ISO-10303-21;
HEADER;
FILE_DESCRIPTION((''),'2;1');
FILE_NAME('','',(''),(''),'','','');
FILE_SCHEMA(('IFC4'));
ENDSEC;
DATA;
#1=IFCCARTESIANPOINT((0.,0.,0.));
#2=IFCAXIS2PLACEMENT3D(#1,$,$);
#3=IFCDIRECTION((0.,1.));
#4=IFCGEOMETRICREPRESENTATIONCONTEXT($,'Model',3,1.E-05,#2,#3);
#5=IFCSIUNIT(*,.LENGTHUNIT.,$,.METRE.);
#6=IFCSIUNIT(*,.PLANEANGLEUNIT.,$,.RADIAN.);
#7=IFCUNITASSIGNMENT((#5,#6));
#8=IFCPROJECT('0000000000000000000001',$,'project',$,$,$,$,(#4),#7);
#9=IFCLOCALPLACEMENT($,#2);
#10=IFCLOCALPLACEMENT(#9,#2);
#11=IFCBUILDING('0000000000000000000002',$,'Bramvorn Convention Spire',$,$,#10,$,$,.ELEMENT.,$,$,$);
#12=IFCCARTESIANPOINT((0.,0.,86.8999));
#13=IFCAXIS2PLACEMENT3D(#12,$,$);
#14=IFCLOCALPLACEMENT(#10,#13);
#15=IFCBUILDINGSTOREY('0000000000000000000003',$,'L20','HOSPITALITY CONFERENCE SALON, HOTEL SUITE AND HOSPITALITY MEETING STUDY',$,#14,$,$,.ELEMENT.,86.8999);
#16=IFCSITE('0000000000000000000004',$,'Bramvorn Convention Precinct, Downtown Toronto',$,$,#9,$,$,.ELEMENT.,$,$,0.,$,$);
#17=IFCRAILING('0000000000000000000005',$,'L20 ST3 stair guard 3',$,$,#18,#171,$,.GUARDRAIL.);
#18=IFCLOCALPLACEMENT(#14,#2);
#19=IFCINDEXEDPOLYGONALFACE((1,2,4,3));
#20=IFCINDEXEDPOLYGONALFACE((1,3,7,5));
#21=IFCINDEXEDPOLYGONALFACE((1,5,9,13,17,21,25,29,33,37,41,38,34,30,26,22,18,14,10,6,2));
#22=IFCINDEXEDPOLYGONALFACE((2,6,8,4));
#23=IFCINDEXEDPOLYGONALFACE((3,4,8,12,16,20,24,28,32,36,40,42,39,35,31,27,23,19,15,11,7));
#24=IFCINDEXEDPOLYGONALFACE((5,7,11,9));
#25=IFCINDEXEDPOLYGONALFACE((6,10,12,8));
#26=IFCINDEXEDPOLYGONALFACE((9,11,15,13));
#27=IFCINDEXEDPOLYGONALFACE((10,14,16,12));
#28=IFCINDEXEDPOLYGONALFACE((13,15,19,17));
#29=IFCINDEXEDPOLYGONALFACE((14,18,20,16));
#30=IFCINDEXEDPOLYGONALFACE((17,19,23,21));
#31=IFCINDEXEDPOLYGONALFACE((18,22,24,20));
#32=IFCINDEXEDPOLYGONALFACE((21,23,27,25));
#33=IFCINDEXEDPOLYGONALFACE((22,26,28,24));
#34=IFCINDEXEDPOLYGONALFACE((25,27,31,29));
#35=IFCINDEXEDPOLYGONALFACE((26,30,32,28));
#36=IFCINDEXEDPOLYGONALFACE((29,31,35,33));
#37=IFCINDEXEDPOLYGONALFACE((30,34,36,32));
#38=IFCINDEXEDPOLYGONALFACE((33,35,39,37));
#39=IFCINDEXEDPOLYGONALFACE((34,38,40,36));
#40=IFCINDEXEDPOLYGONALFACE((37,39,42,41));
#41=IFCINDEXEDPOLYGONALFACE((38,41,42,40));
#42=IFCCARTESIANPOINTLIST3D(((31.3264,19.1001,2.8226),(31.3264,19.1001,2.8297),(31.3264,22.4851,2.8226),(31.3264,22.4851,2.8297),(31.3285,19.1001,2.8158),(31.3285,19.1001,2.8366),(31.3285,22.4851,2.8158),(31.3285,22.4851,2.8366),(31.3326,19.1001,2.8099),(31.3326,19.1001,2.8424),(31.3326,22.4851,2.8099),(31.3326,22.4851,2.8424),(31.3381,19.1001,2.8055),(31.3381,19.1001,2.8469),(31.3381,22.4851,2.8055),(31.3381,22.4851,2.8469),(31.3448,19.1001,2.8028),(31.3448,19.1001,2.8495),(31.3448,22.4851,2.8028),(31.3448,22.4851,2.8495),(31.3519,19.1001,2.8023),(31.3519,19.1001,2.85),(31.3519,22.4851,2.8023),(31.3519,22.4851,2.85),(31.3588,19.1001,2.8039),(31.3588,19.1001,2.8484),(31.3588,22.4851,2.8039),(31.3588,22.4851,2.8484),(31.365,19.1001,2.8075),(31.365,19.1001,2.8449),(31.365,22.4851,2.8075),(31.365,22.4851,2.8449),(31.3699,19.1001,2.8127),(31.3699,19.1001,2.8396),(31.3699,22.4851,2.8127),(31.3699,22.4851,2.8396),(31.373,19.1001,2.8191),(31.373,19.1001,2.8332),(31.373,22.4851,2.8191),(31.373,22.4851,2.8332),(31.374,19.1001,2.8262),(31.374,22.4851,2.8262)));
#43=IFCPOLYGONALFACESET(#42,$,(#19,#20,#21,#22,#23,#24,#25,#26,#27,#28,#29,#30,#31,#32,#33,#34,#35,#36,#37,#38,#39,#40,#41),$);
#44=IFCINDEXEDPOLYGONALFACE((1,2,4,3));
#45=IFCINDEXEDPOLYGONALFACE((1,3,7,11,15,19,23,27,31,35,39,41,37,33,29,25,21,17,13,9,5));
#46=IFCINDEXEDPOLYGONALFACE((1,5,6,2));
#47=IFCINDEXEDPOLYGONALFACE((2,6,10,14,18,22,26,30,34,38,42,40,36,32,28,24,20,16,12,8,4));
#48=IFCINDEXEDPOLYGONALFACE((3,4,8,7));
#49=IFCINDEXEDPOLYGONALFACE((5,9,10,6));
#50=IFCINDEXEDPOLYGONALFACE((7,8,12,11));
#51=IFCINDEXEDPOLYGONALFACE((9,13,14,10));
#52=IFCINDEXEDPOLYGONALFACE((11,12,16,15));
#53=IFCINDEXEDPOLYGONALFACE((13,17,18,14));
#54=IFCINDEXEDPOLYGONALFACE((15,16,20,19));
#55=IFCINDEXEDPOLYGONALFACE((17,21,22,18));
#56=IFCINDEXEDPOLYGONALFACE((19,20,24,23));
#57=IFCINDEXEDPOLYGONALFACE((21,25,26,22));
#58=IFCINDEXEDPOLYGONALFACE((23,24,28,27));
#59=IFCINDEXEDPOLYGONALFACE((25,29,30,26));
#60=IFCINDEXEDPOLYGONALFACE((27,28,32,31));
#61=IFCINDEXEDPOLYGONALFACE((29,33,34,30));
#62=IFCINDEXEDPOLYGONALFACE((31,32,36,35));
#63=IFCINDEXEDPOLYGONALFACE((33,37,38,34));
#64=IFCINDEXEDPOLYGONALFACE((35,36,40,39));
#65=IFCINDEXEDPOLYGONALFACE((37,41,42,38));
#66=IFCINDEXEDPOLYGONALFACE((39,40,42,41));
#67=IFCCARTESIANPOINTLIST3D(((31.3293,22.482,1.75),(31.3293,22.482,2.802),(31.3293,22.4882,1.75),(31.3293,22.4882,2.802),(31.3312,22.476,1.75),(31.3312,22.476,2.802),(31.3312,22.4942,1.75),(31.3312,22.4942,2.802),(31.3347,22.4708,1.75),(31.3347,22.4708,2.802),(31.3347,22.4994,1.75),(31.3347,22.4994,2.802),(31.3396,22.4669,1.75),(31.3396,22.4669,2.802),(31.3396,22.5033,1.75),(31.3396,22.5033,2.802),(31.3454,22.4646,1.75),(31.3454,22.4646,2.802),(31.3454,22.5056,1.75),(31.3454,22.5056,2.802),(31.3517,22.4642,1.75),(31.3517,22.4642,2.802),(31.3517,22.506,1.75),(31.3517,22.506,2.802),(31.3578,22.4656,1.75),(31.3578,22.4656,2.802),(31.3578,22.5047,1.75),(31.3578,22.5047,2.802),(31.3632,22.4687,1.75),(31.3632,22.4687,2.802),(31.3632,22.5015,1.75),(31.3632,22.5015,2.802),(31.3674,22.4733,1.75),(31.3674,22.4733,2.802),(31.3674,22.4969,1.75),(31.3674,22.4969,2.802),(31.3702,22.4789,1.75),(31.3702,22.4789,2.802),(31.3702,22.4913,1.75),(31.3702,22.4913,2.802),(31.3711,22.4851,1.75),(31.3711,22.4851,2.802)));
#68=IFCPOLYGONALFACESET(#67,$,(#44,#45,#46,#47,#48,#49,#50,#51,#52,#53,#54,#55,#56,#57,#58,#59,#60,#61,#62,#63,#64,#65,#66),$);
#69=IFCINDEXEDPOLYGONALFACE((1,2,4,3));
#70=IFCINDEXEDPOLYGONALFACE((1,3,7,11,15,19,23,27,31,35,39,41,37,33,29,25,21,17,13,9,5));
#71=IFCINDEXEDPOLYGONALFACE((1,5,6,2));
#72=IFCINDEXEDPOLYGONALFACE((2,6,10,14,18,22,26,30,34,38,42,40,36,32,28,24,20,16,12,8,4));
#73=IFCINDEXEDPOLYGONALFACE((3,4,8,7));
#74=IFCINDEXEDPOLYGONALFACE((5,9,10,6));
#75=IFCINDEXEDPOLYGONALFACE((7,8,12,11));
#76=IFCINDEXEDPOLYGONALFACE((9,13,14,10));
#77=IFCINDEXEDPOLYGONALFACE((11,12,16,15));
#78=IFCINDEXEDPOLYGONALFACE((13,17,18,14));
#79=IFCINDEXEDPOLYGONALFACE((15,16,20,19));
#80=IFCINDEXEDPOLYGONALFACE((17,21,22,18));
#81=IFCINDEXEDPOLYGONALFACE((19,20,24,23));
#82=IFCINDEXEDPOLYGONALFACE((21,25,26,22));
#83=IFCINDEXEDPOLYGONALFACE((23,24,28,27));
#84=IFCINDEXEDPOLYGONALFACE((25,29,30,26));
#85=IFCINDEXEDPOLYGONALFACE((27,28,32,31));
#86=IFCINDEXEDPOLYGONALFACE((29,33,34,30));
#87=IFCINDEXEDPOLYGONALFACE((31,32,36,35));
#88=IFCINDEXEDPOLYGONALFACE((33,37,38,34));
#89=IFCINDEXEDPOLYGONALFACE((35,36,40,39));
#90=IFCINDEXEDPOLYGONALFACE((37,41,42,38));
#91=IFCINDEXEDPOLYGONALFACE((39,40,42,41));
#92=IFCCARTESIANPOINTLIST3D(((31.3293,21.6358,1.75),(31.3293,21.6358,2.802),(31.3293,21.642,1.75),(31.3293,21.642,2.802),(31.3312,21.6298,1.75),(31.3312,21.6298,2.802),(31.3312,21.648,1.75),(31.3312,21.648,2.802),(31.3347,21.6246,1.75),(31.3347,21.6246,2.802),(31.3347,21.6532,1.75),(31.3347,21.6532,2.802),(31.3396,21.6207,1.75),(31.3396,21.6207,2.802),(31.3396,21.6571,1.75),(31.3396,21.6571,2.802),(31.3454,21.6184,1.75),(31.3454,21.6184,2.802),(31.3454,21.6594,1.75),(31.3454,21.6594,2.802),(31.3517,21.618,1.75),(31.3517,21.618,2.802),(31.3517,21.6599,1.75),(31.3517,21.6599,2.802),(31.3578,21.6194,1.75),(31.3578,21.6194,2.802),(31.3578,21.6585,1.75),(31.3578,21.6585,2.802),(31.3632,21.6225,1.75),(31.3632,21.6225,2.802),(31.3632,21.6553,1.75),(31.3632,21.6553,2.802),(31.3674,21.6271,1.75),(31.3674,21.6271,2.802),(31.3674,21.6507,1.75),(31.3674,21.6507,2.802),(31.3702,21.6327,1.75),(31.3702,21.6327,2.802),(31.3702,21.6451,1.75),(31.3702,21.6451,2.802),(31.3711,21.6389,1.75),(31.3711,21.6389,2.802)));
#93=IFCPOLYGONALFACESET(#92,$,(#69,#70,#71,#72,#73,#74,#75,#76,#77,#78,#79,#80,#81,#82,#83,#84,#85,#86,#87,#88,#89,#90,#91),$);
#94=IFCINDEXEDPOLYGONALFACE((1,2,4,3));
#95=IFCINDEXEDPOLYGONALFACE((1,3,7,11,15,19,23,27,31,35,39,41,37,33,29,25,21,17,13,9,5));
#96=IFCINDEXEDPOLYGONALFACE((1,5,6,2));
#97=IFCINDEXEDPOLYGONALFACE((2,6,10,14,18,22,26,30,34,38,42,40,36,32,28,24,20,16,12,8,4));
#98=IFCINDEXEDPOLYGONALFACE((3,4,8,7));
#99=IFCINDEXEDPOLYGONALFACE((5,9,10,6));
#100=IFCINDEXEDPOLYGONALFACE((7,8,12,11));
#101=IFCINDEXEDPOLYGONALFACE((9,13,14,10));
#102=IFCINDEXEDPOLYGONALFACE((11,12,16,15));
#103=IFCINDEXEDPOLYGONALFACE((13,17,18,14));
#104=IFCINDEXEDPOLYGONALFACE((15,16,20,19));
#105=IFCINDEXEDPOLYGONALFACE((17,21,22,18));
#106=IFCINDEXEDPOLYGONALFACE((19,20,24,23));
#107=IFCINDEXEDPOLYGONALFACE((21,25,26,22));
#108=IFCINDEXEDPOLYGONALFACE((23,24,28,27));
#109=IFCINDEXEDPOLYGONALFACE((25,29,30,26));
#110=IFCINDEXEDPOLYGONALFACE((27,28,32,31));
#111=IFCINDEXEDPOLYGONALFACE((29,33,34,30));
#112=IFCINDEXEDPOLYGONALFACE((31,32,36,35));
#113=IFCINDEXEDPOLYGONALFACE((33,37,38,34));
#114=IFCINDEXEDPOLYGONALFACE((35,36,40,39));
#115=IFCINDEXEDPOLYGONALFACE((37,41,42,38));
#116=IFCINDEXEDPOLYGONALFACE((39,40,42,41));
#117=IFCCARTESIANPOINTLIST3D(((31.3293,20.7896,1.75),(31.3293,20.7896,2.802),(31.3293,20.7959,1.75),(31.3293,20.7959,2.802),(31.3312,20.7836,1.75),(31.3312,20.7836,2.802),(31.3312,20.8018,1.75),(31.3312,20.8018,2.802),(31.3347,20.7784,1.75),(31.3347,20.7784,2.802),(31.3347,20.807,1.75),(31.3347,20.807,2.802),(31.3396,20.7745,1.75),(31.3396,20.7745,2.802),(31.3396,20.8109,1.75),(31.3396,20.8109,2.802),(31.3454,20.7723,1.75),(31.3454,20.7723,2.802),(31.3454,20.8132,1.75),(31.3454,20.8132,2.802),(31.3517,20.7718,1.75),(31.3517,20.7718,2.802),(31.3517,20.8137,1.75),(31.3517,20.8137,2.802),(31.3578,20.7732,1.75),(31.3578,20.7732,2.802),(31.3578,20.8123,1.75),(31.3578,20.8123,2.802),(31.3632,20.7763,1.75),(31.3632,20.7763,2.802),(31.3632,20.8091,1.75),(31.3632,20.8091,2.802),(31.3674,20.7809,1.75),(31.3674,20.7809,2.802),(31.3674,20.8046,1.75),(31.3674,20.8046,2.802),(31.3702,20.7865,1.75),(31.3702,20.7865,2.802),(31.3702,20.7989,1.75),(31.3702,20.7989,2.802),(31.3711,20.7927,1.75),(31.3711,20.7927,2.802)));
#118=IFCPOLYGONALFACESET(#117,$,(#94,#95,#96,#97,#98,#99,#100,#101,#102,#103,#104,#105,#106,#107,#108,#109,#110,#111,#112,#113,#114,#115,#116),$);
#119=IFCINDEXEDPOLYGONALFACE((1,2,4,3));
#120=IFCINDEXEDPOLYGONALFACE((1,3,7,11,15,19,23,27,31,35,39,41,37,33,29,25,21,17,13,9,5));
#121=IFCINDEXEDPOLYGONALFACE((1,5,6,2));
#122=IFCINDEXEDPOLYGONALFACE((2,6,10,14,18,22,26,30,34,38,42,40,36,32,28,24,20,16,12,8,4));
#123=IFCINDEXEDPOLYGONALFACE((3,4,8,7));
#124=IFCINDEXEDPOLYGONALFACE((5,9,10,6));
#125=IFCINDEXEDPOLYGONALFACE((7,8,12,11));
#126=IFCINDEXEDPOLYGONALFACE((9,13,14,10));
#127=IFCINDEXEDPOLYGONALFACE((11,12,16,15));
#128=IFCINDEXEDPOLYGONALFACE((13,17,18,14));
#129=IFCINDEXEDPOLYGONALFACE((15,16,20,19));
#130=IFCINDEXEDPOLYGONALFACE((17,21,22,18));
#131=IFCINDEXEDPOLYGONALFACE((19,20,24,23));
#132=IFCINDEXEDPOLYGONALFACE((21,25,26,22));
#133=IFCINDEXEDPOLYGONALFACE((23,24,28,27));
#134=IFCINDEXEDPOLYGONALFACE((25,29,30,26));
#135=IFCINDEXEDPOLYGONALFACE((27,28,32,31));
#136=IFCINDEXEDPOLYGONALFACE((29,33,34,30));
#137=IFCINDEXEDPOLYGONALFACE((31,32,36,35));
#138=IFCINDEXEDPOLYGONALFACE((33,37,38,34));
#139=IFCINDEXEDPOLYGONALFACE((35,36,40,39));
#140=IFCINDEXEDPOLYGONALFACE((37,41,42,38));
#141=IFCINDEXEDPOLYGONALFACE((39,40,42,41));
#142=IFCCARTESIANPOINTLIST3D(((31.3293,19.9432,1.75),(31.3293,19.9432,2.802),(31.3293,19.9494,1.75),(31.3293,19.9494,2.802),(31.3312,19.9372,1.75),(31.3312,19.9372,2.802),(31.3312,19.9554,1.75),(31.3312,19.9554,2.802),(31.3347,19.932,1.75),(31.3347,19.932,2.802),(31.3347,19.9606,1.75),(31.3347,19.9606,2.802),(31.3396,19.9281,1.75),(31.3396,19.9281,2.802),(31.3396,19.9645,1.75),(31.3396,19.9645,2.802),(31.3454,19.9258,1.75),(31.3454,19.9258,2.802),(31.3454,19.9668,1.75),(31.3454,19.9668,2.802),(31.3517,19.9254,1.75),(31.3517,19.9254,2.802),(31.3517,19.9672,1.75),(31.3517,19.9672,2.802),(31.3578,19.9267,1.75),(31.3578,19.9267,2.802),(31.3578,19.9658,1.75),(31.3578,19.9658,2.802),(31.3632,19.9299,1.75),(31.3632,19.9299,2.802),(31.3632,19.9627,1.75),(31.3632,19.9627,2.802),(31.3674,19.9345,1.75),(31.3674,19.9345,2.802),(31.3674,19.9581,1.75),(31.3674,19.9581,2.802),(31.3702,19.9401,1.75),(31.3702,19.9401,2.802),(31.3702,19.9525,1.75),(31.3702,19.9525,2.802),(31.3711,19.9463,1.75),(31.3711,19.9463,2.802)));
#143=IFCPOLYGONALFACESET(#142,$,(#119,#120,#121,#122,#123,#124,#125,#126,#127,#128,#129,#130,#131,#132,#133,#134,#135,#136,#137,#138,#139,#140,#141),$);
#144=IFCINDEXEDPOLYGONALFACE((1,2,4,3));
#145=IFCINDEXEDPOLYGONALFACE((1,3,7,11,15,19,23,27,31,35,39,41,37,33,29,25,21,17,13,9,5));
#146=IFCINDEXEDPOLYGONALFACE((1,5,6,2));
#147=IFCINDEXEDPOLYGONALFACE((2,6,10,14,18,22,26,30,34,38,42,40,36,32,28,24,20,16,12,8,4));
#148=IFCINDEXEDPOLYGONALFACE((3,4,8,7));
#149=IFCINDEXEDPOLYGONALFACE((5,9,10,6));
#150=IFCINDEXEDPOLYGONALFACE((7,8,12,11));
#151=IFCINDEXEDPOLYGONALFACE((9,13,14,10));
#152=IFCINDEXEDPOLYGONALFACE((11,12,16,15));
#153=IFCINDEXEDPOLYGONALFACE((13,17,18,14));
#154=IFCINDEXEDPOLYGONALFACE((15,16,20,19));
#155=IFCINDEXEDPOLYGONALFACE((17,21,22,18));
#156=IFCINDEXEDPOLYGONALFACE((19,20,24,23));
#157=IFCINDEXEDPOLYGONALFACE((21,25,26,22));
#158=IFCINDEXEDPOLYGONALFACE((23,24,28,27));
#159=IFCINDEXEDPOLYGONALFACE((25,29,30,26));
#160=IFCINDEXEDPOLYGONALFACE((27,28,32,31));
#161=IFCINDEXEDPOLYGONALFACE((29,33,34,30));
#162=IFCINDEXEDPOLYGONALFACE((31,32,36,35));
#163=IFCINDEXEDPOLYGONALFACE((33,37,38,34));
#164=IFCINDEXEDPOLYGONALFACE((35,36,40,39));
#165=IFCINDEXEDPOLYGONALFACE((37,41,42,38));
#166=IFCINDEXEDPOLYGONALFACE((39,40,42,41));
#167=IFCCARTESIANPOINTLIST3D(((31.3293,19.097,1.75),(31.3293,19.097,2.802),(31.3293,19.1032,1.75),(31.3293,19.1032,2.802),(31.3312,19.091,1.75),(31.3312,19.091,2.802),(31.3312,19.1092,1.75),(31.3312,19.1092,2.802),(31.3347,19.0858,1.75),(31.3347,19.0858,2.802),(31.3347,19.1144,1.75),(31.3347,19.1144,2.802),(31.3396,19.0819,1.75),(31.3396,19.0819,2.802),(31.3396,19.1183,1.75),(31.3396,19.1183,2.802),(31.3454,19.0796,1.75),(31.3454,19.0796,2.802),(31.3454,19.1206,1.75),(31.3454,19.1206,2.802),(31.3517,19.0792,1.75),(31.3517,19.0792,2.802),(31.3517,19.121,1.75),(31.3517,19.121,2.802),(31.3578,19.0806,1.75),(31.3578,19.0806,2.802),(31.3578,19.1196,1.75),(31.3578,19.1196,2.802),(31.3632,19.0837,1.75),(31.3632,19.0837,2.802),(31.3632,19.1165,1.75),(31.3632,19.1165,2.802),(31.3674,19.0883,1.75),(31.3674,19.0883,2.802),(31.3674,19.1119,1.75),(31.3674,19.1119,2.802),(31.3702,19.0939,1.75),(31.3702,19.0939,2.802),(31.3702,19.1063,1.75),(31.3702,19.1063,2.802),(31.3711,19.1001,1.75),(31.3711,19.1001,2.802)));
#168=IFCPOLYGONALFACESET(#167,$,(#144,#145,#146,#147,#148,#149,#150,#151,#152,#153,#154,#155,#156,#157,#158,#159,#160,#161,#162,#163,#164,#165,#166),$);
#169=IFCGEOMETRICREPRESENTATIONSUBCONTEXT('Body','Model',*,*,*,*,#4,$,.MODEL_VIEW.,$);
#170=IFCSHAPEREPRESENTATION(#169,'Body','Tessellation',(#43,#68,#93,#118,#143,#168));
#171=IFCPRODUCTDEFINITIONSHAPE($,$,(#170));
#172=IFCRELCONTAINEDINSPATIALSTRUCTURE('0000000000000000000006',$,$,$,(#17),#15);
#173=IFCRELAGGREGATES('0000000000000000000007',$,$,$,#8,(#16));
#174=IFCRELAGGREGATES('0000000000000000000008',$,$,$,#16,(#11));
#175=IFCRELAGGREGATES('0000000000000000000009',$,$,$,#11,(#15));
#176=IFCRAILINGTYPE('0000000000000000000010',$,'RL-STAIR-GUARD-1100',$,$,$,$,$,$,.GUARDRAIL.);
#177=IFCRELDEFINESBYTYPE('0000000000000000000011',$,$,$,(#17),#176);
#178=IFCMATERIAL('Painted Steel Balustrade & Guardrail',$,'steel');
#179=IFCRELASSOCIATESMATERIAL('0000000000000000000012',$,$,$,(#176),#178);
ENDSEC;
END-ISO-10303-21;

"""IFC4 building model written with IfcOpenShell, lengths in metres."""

from ifc_helpers import new_model, si_unit, direction, frame, origin, origin_2d, place, context, subcontext, project, spatial, circle, extrude, material, type_object, element, save


model = new_model("IFC4")

# Units and contexts
model_context = context("Model", 3, precision=1e-05, world=origin(), true_north=direction((0.0, 1.0)))
body_context = subcontext(model_context, "Body", "Model", "MODEL_VIEW")
ifc_project = project(units=[si_unit("LENGTHUNIT", "METRE"), si_unit("PLANEANGLEUNIT", "RADIAN")], contexts=[model_context])

# Site, building, storey
site_placement = place(None, origin())
site = spatial("IfcSite", under=ifc_project, at=site_placement, Name="Bramvorn Convention Precinct, Downtown Toronto", CompositionType="ELEMENT", RefElevation=0.0)
building_placement = place(site_placement, origin())
building = spatial("IfcBuilding", under=site, at=building_placement, Name="Bramvorn Convention Spire", CompositionType="ELEMENT")
storey_placement = place(building_placement, frame((0.0, 0.0, 86.8999)))
storey = spatial("IfcBuildingStorey", under=building, at=storey_placement, Name="L20", Description="HOSPITALITY CONFERENCE SALON, HOTEL SUITE AND HOSPITALITY MEETING STUDY", CompositionType="ELEMENT", Elevation=86.8999)

# Railing
ifc_material_1 = material(Name="Painted Steel Balustrade & Guardrail", Category="steel")
railing_type_1 = type_object("IfcRailingType", Name="RL-STAIR-GUARD-1100", PredefinedType="GUARDRAIL", material=ifc_material_1)
for number, where, name in (
    (1, (31.3501, 22.4851, 1.75), "L20 ST3 stair guard 3"),
):
    element("IfcRailing", number, at=place(storey_placement, frame(where)), inside=storey, type_object=railing_type_1, Name=name, PredefinedType="GUARDRAIL", context=body_context, shape_type="SweptSolid", body=[
        extrude(circle(Radius=0.0239, at=origin_2d()), frame((0.0, 0.0, 1.0762), z_axis=(0.0, -1.0, 0.0), x_axis=(1.0, 0.0, 0.0)), (0.0, 0.0, 1.0), 3.385),
        extrude(circle(Radius=0.021, at=origin_2d()), origin(), (0.0, 0.0, 1.0), 1.052),
        extrude(circle(Radius=0.021, at=origin_2d()), frame((0.0, -0.8462, 0.0)), (0.0, 0.0, 1.0), 1.052),
        extrude(circle(Radius=0.021, at=origin_2d()), frame((0.0, -1.6924, 0.0)), (0.0, 0.0, 1.0), 1.052),
        extrude(circle(Radius=0.021, at=origin_2d()), frame((0.0, -2.5388, 0.0)), (0.0, 0.0, 1.0), 1.052),
        extrude(circle(Radius=0.021, at=origin_2d()), frame((0.0, -3.385, 0.0)), (0.0, 0.0, 1.0), 1.052),
    ])

save(model, "model.ifc")
